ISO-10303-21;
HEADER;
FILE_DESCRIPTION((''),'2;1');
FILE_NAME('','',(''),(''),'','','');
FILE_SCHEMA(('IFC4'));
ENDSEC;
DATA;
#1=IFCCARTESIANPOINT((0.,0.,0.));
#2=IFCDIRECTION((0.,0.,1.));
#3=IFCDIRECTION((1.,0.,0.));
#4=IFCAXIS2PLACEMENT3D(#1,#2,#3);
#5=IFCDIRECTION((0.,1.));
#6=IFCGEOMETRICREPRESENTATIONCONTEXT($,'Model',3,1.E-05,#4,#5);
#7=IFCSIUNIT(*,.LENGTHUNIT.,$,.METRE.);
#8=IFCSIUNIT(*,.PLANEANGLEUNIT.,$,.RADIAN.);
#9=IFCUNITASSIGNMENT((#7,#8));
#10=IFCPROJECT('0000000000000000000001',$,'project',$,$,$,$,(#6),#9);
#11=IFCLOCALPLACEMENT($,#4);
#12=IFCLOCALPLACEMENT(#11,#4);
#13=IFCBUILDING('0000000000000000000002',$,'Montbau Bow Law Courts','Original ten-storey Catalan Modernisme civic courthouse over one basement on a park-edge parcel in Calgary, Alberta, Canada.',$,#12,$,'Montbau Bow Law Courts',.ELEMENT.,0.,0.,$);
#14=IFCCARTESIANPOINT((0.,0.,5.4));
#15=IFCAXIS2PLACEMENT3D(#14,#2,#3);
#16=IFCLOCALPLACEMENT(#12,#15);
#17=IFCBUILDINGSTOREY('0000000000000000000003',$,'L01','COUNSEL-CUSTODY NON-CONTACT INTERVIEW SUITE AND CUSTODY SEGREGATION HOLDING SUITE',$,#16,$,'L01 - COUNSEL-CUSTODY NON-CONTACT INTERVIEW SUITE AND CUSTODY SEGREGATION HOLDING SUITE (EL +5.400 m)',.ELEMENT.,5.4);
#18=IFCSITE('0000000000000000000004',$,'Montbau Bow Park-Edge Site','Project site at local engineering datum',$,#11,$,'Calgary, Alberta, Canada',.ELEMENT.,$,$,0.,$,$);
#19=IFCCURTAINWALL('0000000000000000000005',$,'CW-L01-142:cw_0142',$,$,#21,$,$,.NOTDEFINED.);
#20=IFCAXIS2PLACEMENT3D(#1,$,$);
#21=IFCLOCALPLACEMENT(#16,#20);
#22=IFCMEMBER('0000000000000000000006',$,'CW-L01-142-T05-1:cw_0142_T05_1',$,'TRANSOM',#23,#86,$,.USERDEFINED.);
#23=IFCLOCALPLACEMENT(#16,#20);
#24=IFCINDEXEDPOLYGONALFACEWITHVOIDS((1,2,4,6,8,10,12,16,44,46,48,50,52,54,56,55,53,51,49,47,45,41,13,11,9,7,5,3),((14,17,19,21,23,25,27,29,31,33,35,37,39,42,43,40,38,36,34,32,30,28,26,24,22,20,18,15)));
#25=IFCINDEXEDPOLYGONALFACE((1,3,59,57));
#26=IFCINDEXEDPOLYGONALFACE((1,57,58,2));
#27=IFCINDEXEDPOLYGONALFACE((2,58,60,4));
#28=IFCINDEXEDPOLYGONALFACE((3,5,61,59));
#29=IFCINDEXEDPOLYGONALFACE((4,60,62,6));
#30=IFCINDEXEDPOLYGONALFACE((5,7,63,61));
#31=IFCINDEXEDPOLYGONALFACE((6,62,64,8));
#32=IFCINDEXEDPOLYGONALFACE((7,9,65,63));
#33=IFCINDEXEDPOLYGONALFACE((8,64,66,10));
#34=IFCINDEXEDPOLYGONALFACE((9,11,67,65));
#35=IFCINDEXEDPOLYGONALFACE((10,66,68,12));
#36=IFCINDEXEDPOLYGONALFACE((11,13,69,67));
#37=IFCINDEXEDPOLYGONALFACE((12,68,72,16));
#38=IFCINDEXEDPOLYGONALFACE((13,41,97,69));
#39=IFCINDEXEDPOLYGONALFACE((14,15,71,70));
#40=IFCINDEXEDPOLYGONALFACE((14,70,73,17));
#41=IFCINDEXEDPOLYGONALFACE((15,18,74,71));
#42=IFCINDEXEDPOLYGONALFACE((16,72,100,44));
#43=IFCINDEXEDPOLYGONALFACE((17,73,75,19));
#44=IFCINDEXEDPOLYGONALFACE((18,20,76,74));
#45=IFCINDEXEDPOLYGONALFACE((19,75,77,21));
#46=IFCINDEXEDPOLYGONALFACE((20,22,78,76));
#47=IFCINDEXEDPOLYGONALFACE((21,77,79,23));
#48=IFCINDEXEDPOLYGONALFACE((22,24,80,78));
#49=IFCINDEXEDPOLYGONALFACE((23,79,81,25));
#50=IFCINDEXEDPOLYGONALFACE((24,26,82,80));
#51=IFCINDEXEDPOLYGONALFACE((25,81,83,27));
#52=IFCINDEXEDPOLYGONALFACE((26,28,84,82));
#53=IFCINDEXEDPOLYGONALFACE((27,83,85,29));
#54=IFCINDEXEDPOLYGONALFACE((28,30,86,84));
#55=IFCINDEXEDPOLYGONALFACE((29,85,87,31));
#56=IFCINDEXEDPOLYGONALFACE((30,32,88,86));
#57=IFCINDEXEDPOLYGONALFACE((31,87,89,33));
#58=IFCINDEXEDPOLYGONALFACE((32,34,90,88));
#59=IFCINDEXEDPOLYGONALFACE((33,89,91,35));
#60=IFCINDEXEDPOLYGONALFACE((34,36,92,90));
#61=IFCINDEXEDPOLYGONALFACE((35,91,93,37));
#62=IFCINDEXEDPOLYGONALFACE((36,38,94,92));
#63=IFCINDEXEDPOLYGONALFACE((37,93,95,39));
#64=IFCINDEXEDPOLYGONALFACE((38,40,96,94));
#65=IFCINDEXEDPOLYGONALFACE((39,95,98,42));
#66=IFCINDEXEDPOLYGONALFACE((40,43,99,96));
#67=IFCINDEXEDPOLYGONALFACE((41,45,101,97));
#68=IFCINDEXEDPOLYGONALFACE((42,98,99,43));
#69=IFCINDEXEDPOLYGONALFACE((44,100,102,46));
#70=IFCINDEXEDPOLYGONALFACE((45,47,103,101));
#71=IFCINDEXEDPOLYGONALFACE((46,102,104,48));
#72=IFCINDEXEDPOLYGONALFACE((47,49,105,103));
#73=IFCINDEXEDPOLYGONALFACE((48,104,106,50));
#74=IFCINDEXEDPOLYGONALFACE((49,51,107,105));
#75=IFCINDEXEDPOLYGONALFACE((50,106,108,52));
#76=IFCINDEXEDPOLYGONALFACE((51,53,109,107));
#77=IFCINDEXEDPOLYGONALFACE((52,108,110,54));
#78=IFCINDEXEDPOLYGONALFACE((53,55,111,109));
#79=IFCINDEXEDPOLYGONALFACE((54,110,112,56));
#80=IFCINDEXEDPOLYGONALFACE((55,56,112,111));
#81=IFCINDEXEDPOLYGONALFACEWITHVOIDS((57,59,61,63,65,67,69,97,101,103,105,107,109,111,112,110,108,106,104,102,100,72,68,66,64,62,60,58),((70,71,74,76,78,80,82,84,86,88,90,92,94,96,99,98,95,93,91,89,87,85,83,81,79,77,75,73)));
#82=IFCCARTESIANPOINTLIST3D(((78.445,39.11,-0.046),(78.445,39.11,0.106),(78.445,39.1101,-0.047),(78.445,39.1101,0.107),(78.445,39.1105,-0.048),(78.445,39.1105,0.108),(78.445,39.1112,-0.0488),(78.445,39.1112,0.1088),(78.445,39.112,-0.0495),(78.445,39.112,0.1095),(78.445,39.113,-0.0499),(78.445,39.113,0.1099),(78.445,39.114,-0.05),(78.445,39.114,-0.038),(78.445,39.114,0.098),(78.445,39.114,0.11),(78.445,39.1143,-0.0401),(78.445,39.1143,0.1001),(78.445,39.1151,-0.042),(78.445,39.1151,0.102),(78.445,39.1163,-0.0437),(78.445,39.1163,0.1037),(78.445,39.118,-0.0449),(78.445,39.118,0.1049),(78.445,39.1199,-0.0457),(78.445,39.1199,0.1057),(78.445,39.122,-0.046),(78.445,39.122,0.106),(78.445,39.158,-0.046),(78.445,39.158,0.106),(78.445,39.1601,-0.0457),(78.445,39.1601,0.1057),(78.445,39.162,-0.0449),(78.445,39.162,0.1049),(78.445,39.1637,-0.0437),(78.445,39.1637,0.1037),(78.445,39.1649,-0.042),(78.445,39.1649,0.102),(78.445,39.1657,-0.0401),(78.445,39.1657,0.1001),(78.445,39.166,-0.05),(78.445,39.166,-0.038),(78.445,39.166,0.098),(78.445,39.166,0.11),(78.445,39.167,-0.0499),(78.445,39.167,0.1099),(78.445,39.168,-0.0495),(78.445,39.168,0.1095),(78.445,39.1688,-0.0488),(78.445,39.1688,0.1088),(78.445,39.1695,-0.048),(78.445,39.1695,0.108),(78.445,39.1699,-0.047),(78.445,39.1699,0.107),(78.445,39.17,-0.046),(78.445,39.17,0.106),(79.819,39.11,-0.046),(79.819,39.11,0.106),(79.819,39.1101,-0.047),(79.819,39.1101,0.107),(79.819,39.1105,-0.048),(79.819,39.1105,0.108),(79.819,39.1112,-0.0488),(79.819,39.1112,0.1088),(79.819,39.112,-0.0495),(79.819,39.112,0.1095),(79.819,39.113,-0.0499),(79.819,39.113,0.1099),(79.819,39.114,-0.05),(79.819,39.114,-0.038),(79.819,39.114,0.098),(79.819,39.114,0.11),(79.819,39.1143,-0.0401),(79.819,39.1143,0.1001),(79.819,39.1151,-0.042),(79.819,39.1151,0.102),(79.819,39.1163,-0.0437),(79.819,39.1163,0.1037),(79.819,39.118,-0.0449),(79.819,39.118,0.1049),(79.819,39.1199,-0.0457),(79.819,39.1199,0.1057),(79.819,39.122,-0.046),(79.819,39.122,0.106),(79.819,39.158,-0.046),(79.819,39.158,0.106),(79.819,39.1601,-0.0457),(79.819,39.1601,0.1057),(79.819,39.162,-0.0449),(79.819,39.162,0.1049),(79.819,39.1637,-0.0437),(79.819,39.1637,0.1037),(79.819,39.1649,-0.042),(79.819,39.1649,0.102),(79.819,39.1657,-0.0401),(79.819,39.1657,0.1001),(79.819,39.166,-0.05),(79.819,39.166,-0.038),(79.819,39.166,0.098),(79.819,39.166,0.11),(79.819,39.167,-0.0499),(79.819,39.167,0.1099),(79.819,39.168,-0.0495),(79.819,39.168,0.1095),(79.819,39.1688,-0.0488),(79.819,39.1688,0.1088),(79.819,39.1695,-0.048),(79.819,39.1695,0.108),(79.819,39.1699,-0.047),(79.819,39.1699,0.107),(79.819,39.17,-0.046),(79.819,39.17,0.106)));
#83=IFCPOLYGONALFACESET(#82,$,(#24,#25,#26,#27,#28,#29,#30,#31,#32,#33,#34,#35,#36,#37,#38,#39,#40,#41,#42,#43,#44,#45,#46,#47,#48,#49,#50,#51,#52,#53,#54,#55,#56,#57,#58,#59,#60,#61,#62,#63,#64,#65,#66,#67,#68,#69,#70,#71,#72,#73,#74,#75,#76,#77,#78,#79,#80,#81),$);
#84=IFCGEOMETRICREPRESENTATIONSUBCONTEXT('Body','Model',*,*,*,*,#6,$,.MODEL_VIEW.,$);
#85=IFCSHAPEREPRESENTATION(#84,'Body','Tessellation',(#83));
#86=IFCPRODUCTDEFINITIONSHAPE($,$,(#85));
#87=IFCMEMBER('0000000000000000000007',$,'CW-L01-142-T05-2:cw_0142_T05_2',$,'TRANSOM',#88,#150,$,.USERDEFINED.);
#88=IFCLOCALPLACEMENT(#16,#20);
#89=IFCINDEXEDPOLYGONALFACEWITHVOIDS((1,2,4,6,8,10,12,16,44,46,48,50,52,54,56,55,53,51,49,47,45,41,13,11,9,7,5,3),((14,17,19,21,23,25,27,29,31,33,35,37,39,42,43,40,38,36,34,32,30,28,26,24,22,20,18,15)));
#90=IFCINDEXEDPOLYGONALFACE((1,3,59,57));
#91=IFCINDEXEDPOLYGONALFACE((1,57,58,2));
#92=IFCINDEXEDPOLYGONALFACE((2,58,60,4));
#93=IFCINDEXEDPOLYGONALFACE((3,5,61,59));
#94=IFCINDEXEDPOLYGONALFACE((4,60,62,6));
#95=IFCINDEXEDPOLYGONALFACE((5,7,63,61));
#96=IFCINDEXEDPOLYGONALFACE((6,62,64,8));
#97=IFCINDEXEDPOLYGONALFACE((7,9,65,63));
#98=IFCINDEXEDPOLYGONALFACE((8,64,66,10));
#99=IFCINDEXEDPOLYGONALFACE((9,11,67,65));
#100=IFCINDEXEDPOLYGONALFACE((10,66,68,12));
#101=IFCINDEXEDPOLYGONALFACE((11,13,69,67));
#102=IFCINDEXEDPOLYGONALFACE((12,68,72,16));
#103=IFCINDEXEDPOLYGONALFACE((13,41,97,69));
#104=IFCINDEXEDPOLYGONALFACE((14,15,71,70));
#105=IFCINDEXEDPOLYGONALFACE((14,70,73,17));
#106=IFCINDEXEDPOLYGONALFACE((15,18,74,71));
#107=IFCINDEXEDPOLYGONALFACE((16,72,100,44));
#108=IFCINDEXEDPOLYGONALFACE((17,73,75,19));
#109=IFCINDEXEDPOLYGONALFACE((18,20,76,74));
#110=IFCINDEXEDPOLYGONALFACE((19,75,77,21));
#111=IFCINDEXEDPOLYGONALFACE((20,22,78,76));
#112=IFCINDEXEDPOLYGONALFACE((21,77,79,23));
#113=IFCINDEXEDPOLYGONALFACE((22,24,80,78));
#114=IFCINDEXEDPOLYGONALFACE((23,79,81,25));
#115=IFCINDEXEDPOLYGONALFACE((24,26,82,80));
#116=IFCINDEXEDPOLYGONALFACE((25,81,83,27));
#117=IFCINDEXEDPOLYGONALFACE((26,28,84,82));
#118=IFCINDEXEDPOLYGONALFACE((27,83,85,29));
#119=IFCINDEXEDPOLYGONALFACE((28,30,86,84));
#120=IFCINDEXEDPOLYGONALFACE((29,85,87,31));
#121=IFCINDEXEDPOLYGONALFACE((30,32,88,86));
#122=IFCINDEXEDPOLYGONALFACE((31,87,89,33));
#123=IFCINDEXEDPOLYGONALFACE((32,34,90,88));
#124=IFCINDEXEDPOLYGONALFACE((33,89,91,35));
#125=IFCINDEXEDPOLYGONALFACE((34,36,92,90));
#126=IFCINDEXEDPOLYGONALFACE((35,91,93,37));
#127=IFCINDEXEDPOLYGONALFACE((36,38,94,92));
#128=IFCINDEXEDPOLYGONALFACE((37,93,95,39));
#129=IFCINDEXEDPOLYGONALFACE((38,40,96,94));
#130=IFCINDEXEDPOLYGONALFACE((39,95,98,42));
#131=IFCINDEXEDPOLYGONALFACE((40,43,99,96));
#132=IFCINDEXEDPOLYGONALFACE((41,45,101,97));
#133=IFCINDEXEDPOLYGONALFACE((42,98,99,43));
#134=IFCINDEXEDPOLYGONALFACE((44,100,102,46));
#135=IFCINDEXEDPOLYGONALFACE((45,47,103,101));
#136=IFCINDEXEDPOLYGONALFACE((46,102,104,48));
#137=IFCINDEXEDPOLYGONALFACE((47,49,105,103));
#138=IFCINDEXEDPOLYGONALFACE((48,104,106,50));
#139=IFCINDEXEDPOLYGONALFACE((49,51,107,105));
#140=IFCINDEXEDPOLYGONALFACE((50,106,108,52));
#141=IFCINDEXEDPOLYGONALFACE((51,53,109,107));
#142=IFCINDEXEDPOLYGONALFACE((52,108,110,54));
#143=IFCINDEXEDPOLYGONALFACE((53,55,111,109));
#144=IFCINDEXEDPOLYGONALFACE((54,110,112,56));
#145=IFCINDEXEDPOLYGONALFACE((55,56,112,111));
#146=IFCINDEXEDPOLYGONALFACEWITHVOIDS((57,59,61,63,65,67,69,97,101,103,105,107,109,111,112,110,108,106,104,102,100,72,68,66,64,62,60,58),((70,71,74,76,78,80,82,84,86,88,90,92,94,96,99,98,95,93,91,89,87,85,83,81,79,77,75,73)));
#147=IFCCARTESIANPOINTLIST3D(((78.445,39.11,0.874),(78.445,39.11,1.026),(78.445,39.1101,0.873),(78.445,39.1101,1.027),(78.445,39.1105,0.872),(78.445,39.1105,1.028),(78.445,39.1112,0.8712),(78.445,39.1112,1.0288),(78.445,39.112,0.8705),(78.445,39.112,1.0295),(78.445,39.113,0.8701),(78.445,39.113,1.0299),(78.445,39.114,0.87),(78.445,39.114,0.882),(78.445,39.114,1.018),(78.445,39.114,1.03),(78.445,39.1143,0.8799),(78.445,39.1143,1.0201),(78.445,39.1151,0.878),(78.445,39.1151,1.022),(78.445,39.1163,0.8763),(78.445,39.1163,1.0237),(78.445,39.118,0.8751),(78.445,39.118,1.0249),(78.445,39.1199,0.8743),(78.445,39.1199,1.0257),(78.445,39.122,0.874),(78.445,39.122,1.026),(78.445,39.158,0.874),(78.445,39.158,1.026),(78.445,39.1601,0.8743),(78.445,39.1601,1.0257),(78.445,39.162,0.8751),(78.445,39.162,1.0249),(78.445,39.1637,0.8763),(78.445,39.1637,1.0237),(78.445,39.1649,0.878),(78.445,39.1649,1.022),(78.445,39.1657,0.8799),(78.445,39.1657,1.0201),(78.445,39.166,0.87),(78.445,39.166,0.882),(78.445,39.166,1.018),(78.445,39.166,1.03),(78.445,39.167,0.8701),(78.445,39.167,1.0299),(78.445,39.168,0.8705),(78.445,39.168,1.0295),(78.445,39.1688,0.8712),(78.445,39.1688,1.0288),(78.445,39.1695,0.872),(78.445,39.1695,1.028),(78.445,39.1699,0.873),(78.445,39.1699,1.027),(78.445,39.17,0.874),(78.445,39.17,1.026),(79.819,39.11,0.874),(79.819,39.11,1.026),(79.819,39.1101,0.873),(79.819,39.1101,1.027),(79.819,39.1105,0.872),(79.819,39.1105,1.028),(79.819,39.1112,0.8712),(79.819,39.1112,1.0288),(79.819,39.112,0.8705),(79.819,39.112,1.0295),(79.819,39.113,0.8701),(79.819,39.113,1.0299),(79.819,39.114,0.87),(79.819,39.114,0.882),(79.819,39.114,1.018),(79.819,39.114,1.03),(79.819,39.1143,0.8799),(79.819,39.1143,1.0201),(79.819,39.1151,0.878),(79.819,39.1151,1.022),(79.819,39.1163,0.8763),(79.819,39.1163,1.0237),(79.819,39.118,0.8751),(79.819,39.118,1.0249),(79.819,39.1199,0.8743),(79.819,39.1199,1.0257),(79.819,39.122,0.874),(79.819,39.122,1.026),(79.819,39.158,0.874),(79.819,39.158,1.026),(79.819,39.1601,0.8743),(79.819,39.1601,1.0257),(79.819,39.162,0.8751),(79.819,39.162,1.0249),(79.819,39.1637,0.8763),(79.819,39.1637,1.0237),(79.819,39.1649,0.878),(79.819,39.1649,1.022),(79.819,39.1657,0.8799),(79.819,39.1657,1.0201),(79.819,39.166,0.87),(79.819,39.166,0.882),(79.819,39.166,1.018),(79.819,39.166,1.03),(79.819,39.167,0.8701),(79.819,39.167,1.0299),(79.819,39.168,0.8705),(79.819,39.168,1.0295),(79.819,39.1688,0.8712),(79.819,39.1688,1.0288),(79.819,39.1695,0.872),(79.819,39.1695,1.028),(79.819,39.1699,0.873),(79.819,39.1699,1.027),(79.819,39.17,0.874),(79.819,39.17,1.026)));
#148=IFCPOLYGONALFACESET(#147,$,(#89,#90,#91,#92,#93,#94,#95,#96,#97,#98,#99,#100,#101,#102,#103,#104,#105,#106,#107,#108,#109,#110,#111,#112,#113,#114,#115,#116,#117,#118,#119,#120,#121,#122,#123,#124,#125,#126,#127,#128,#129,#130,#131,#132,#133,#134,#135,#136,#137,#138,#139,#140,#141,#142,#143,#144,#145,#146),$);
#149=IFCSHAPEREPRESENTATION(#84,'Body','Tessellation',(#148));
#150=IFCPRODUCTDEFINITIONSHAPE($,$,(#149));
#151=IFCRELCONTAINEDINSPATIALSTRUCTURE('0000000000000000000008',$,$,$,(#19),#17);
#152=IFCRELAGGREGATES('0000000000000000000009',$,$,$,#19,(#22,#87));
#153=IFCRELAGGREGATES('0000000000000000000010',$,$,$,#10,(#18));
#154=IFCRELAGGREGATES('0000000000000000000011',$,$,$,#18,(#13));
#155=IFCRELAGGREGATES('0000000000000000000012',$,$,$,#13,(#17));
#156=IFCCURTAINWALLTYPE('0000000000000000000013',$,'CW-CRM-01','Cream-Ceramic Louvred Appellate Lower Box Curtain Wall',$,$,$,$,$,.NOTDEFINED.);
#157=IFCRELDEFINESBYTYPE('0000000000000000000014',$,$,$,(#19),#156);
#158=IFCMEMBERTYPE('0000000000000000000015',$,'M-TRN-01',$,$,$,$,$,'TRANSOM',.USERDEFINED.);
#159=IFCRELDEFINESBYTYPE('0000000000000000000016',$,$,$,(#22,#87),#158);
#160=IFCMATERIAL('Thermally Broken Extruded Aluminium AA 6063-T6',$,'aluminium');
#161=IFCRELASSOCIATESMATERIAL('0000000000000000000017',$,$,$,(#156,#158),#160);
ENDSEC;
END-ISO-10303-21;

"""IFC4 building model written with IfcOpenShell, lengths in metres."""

from ifc_helpers import new_model, si_unit, direction, frame, origin_with_axes, origin_2d_with_axis, place, context, subcontext, project, spatial, hollow_rectangle, extrude, material, material_profile, profile_set, type_object, element, aggregate, save


model = new_model("IFC4")

# Units and contexts
model_context = context("Model", 3, precision=1e-05, world=origin_with_axes(), true_north=direction((0.0, 1.0)))
body_context = subcontext(model_context, "Body", "Model", "MODEL_VIEW")
ifc_project = project(units=[si_unit("LENGTHUNIT", "METRE"), si_unit("PLANEANGLEUNIT", "RADIAN")], contexts=[model_context])

# Site, building, storey
site_placement = place(None, origin_with_axes())
site = spatial("IfcSite", under=ifc_project, at=site_placement, Name="Montbau Bow Park-Edge Site", Description="Project site at local engineering datum", LongName="Calgary, Alberta, Canada", CompositionType="ELEMENT", RefElevation=0.0)
building_placement = place(site_placement, origin_with_axes())
building = spatial("IfcBuilding", under=site, at=building_placement, Name="Montbau Bow Law Courts", Description="Original ten-storey Catalan Modernisme civic courthouse over one basement on a park-edge parcel in Calgary, Alberta, Canada.", LongName="Montbau Bow Law Courts", CompositionType="ELEMENT", ElevationOfRefHeight=0.0, ElevationOfTerrain=0.0)
storey_placement = place(building_placement, frame((0.0, 0.0, 5.4), z_axis=(0.0, 0.0, 1.0), x_axis=(1.0, 0.0, 0.0)))
storey = spatial("IfcBuildingStorey", under=building, at=storey_placement, Name="L01", Description="COUNSEL-CUSTODY NON-CONTACT INTERVIEW SUITE AND CUSTODY SEGREGATION HOLDING SUITE", LongName="L01 - COUNSEL-CUSTODY NON-CONTACT INTERVIEW SUITE AND CUSTODY SEGREGATION HOLDING SUITE (EL +5.400 m)", CompositionType="ELEMENT", Elevation=5.4)

# Curtain wall
ifc_material_1 = material(Name="Thermally Broken Extruded Aluminium AA 6063-T6", Category="aluminium")
curtain_wall_type = type_object("IfcCurtainWallType", Name="CW-CRM-01", Description="Cream-Ceramic Louvred Appellate Lower Box Curtain Wall", PredefinedType="NOTDEFINED", material=ifc_material_1)
curtain_wall_1_placement = place(None, frame((72.515, 39.14, 5.4), z_axis=(0.0, 0.0, 1.0), x_axis=(1.0, 0.0, 0.0)))
curtain_wall_1 = element("IfcCurtainWall", 1, at=curtain_wall_1_placement, inside=storey, type_object=curtain_wall_type, Name="CW-L01-142:cw_0142", PredefinedType="NOTDEFINED")

# Members
ifc_material_profile_1 = material_profile(ifc_material_1, hollow_rectangle(XDim=0.06, YDim=0.16, WallThickness=0.004, InnerFilletRadius=0.008, OuterFilletRadius=0.004, at=origin_2d_with_axis()), Name="CWT-160X60", Category="Main", Priority=0)
ifc_profile_set_1 = profile_set([ifc_material_profile_1], Name="Thermally Broken Extruded Aluminium AA 6063-T6")
member_type_1 = type_object("IfcMemberType", Name="M-TRN-01", ElementType="TRANSOM", PredefinedType="USERDEFINED", material=ifc_profile_set_1)
member_1_placement = place(None, frame((78.445, 39.14, 5.43), z_axis=(1.0, 0.0, 0.0), x_axis=(0.0, 1.0, 0.0)))
member_1 = element("IfcMember", 2, at=member_1_placement, type_object=member_type_1, Name="CW-L01-142-T05-1:cw_0142_T05_1", ObjectType="TRANSOM", PredefinedType="USERDEFINED", context=body_context, shape_type="SweptSolid", body=[
    extrude(hollow_rectangle(XDim=0.06, YDim=0.16, WallThickness=0.004, InnerFilletRadius=0.008, OuterFilletRadius=0.004, at=origin_2d_with_axis()), origin_with_axes(), (0.0, 0.0, 1.0), 1.374),
])
member_2_placement = place(None, frame((78.445, 39.14, 6.35), z_axis=(1.0, 0.0, 0.0), x_axis=(0.0, 1.0, 0.0)))
member_2 = element("IfcMember", 3, at=member_2_placement, type_object=member_type_1, Name="CW-L01-142-T05-2:cw_0142_T05_2", ObjectType="TRANSOM", PredefinedType="USERDEFINED", context=body_context, shape_type="SweptSolid", body=[
    extrude(hollow_rectangle(XDim=0.06, YDim=0.16, WallThickness=0.004, InnerFilletRadius=0.008, OuterFilletRadius=0.004, at=origin_2d_with_axis()), origin_with_axes(), (0.0, 0.0, 1.0), 1.374),
])

aggregate(curtain_wall_1, [member_1, member_2])

save(model, "model.ifc")
